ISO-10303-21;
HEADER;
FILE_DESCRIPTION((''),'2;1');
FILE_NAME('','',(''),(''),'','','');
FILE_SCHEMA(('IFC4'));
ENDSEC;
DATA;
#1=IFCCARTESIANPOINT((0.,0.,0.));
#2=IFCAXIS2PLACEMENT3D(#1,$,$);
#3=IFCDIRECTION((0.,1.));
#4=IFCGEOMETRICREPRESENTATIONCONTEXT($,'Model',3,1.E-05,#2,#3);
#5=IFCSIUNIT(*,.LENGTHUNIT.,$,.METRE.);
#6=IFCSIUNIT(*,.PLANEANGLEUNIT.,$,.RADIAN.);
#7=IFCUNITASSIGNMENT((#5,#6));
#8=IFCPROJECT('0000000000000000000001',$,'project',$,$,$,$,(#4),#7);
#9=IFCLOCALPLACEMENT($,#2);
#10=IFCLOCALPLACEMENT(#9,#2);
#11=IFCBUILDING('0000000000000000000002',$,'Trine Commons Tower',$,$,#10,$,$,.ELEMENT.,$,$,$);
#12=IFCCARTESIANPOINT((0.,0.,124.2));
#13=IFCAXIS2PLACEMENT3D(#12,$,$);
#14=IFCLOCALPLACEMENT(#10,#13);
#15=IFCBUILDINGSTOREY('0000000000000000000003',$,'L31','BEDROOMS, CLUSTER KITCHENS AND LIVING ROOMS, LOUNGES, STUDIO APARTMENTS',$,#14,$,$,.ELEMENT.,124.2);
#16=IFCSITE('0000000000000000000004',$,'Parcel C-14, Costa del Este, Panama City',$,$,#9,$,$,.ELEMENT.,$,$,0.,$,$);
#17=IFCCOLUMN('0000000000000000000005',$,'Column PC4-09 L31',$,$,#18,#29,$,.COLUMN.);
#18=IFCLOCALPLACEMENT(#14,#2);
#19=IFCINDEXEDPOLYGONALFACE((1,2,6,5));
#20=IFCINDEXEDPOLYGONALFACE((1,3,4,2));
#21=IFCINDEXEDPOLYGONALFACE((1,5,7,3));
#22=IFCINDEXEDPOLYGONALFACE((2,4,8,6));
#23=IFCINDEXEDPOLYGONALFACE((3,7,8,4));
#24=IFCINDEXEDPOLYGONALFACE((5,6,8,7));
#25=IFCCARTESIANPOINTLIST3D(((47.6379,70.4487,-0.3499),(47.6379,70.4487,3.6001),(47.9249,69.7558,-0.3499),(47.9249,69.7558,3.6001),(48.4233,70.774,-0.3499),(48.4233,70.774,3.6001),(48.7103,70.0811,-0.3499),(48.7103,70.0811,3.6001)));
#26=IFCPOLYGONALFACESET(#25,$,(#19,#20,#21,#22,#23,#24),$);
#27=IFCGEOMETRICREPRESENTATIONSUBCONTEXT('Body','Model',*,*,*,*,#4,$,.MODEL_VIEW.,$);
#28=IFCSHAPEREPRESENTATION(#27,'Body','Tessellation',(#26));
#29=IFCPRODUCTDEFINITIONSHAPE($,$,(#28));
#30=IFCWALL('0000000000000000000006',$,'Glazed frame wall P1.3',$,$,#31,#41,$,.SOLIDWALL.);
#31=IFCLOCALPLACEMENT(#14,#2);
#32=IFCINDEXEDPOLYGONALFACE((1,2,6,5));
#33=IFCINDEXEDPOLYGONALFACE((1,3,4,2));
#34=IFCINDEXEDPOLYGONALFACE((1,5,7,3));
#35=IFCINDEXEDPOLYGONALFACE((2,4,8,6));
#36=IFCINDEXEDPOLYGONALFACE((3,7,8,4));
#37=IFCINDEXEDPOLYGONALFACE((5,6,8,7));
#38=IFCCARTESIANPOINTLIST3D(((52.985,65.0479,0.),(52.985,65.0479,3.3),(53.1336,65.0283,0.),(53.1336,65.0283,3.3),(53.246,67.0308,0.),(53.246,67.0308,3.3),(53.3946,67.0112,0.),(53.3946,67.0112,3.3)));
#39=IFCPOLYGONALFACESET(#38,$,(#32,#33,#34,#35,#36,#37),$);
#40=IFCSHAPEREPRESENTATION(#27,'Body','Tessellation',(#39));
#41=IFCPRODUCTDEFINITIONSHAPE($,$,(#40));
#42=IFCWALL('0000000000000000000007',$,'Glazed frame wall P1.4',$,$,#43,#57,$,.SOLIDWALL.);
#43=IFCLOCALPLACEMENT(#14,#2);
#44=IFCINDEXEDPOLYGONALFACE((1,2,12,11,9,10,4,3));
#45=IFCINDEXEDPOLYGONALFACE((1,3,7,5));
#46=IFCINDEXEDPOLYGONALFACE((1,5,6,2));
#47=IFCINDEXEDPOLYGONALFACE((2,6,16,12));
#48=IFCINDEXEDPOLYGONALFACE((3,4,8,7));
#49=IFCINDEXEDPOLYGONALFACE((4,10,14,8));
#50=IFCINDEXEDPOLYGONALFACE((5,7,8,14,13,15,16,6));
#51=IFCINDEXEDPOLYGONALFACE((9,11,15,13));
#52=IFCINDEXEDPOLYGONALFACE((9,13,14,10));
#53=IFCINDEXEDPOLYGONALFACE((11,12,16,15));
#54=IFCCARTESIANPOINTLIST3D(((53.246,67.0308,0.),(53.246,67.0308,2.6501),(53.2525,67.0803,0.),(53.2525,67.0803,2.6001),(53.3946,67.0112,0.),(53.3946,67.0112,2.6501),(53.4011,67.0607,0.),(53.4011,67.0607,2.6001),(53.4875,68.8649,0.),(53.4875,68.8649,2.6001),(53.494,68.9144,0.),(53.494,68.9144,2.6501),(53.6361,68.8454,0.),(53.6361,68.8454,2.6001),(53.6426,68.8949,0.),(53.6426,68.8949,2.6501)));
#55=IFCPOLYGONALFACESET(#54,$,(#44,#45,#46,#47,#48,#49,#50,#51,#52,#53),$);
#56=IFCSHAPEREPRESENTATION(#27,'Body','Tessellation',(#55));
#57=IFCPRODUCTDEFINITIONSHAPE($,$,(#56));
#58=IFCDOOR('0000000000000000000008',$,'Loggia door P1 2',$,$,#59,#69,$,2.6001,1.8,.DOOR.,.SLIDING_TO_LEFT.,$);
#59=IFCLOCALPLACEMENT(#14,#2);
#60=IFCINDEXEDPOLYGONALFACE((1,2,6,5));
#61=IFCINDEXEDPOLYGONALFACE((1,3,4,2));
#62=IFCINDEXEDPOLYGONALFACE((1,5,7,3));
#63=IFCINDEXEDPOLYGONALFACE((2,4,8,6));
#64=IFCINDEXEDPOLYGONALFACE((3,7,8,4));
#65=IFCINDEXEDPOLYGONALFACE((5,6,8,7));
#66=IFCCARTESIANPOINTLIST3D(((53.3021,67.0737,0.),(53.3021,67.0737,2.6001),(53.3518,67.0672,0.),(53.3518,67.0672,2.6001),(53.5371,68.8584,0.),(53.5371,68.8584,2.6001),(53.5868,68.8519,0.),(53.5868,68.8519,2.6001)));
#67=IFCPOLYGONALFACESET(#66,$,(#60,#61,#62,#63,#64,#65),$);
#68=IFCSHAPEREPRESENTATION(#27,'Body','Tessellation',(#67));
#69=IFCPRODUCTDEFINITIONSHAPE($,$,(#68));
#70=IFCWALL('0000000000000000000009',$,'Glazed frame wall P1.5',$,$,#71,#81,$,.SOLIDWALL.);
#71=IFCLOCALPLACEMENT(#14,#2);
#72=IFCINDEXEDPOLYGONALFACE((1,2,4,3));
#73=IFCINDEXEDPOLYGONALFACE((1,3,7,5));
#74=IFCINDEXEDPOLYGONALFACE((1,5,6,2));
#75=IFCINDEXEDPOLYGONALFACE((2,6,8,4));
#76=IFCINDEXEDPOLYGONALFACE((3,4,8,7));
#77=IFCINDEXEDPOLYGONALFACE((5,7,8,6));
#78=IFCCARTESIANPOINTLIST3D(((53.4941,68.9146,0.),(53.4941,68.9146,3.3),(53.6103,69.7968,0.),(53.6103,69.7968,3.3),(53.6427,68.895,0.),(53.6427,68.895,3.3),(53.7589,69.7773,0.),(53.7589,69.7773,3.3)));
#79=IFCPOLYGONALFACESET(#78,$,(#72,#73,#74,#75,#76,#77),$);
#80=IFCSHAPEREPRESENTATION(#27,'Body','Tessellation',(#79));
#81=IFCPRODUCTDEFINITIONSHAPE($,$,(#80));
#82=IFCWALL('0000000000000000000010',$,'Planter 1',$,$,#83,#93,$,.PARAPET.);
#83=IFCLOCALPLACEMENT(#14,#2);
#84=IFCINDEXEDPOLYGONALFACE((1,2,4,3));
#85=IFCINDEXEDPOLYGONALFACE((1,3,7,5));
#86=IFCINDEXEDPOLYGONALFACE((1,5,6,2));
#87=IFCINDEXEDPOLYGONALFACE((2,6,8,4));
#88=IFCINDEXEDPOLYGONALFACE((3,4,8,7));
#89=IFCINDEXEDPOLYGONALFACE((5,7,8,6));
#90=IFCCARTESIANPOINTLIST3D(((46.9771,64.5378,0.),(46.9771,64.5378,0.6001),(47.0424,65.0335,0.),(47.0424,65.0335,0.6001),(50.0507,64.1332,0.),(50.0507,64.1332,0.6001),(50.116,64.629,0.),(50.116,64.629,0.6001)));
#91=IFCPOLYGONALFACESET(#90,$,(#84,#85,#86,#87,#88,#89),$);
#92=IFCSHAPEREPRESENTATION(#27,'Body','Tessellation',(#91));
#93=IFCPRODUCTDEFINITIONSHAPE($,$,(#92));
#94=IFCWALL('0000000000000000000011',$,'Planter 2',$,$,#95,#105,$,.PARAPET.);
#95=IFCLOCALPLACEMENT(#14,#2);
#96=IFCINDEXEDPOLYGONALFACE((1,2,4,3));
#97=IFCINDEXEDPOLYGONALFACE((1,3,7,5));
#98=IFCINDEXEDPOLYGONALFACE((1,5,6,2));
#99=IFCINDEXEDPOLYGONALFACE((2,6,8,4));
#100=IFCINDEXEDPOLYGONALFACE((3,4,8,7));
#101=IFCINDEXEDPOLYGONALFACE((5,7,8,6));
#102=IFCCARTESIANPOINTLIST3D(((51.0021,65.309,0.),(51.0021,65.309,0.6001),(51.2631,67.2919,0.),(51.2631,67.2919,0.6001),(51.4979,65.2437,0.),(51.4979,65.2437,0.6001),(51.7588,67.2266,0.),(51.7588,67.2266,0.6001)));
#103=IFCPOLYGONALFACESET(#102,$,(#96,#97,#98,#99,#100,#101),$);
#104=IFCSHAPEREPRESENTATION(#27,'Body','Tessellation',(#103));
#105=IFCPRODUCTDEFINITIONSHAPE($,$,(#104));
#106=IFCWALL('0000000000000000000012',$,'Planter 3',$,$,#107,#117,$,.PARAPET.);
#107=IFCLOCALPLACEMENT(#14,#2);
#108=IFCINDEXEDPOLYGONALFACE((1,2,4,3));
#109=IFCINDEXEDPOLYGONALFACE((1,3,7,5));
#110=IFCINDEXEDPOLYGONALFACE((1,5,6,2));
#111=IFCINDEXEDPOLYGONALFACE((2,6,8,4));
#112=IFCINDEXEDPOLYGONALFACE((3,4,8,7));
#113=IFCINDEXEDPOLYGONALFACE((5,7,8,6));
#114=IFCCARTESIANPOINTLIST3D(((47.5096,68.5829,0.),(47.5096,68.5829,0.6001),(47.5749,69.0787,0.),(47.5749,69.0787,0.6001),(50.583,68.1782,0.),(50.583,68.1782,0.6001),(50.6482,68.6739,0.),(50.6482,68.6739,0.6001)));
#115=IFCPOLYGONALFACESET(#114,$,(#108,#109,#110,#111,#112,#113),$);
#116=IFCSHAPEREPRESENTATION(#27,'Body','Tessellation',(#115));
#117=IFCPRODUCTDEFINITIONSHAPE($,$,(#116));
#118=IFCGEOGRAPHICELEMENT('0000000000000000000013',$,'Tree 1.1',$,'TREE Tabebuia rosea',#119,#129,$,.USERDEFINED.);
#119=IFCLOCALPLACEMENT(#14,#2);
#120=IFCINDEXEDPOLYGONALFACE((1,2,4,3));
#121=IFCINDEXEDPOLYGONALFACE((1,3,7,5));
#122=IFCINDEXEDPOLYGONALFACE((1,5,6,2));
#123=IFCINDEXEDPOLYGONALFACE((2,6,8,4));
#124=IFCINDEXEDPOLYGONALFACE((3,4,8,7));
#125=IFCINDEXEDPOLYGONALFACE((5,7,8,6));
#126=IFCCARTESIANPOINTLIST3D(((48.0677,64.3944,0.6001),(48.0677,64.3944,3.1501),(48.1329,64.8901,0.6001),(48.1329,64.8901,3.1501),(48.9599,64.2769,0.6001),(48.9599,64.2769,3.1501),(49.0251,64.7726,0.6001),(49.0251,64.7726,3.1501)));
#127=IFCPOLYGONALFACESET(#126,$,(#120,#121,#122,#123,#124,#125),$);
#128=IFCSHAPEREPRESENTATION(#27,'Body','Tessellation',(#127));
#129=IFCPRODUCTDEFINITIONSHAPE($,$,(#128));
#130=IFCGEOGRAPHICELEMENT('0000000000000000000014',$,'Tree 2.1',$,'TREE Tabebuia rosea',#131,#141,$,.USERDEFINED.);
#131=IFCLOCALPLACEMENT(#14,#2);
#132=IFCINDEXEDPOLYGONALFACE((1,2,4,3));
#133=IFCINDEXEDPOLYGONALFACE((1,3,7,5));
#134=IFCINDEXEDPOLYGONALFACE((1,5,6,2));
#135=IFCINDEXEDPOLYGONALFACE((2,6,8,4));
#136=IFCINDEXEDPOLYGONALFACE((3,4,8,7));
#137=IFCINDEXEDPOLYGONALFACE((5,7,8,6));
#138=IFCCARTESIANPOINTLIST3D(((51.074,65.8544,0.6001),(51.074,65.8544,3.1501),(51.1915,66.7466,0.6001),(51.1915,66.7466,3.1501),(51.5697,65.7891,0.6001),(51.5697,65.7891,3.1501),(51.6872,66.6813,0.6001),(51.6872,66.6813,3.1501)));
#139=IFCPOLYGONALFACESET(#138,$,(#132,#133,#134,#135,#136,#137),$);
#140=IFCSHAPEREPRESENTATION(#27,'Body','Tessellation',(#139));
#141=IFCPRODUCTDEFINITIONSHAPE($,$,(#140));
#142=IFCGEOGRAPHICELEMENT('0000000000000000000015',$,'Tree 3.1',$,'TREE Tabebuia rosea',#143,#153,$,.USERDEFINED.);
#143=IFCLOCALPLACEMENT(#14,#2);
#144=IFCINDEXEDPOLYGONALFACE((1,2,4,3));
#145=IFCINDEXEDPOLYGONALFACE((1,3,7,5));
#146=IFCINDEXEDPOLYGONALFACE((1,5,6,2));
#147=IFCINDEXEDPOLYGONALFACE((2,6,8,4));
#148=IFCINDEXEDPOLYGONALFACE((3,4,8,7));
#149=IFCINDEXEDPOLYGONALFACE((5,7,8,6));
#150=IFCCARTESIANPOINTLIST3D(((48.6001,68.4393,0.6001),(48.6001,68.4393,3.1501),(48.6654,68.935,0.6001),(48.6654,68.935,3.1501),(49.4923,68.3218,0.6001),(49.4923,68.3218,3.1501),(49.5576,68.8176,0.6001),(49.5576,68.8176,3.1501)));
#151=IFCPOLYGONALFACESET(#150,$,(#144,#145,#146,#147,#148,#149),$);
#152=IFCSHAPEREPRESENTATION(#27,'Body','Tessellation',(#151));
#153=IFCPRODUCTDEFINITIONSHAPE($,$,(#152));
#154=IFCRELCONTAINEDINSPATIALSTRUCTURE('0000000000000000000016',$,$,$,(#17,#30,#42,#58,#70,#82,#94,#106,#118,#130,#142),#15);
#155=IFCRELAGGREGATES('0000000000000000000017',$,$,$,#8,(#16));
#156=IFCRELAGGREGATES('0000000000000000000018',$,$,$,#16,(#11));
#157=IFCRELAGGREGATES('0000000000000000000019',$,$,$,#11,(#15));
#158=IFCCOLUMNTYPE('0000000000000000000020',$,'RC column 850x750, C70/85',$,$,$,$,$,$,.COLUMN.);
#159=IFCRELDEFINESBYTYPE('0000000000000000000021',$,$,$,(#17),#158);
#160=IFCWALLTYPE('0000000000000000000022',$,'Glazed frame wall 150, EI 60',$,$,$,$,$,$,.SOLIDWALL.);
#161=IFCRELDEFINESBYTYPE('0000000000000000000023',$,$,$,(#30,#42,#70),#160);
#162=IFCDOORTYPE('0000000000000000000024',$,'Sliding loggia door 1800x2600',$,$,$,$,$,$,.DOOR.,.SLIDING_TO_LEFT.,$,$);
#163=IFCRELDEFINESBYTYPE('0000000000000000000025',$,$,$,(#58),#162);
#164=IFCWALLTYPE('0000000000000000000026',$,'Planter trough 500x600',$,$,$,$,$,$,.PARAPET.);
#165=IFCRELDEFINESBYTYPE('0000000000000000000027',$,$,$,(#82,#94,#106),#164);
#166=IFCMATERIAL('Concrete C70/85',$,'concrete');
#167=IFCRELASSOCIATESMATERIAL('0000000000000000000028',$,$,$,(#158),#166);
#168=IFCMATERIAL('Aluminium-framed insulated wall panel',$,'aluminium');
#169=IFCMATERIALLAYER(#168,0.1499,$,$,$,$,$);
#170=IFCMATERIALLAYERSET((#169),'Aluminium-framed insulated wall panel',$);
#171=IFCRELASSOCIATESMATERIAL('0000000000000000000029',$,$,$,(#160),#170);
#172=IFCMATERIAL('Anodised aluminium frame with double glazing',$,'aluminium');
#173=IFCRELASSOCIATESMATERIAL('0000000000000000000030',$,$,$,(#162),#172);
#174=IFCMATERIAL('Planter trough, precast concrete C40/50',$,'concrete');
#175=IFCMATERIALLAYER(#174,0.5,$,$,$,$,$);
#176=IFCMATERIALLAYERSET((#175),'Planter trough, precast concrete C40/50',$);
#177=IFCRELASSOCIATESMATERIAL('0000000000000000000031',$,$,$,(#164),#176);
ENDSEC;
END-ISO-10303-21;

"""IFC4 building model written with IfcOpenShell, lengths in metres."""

from ifc_helpers import new_model, si_unit, direction, frame, frame_2d, origin, origin_2d, place, context, subcontext, project, spatial, polyline, rectangle, outline, extrude, material, layer, layer_set, material_profile, profile_set, type_object, element, fill, save


model = new_model("IFC4")

# Units and contexts
model_context = context("Model", 3, precision=1e-05, world=origin(), true_north=direction((0.0, 1.0)))
body_context = subcontext(model_context, "Body", "Model", "MODEL_VIEW")
ifc_project = project(units=[si_unit("LENGTHUNIT", "METRE"), si_unit("PLANEANGLEUNIT", "RADIAN")], contexts=[model_context])

# Site, building, storey
site_placement = place(None, origin())
site = spatial("IfcSite", under=ifc_project, at=site_placement, Name="Parcel C-14, Costa del Este, Panama City", CompositionType="ELEMENT", RefElevation=0.0)
building_placement = place(site_placement, origin())
building = spatial("IfcBuilding", under=site, at=building_placement, Name="Trine Commons Tower", CompositionType="ELEMENT")
storey_placement = place(building_placement, frame((0.0, 0.0, 124.2)))
storey = spatial("IfcBuildingStorey", under=building, at=storey_placement, Name="L31", Description="BEDROOMS, CLUSTER KITCHENS AND LIVING ROOMS, LOUNGES, STUDIO APARTMENTS", CompositionType="ELEMENT", Elevation=124.2)

# Column
ifc_material_1 = material(Name="Concrete C70/85", Category="concrete")
ifc_material_profile = material_profile(ifc_material_1, rectangle(XDim=0.8501, YDim=0.75, at=origin_2d()), Name="RC 850x750")
ifc_profile_set = profile_set([ifc_material_profile], Name="Concrete C70/85")
column_type = type_object("IfcColumnType", Name="RC column 850x750, C70/85", PredefinedType="COLUMN", material=ifc_profile_set)
column_placement = place(storey_placement, frame((48.1741, 70.2649, -0.3499), z_axis=(0.0, 0.0, 1.0), x_axis=(0.92388, 0.382683, 0.0)))
element("IfcColumn", 1, at=column_placement, inside=storey, type_object=column_type, Name="Column PC4-09 L31", PredefinedType="COLUMN", context=body_context, shape_type="SweptSolid", body=[
    extrude(rectangle(XDim=0.8501, YDim=0.75, at=origin_2d()), origin(), (0.0, 0.0, 1.0), 3.95),
])

# Wall
ifc_material_2 = material(Name="Aluminium-framed insulated wall panel", Category="aluminium")
ifc_layer_1 = layer(ifc_material_2, 0.1499)
ifc_layer_set_1 = layer_set([ifc_layer_1], Name="Aluminium-framed insulated wall panel")
wall_type_1 = type_object("IfcWallType", Name="Glazed frame wall 150, EI 60", PredefinedType="SOLIDWALL", material=ifc_layer_set_1)
wall_1_placement = place(storey_placement, frame((53.0593, 65.0381, 0.0), z_axis=(0.0, 0.0, 1.0), x_axis=(0.130492, 0.991449, 0.0)))
element("IfcWall", 2, at=wall_1_placement, inside=storey, type_object=wall_type_1, Name="Glazed frame wall P1.3", PredefinedType="SOLIDWALL", context=body_context, shape_type="SweptSolid", body=[
    extrude(outline(polyline([(0.0, -0.075), (2.0, -0.075), (2.0, 0.075), (0.0, 0.075), (0.0, -0.075)])), origin(), (0.0, 0.0, 1.0), 3.3),
])

# Wall, opening, door
wall_2_placement = place(storey_placement, frame((53.3203, 67.021, 0.0), z_axis=(0.0, 0.0, 1.0), x_axis=(0.130548, 0.991442, 0.0)))
wall_2 = element("IfcWall", 3, at=wall_2_placement, inside=storey, type_object=wall_type_1, Name="Glazed frame wall P1.4", PredefinedType="SOLIDWALL", context=body_context, shape_type="SweptSolid", body=[
    extrude(outline(polyline([(0.0, -0.075), (1.8999, -0.075), (1.8999, 0.075), (0.0, 0.075), (0.0, -0.075)])), origin(), (0.0, 0.0, 1.0), 2.6501),
])
opening_1_placement = place(wall_2_placement, frame((0.05, 0.0, 0.0)))
opening_1 = element("IfcOpeningElement", 4, at=opening_1_placement, cuts=wall_2, PredefinedType="OPENING", context=body_context, shape_type="SweptSolid", body=[
    extrude(rectangle(XDim=1.8, YDim=2.6001, at=frame_2d((0.8999, 1.3))), frame((0.0, 0.085, 0.0), z_axis=(0.0, -1.0, 0.0), x_axis=(1.0, 0.0, 0.0)), (0.0, 0.0, 1.0), 0.1699),
])
ifc_material_3 = material(Name="Anodised aluminium frame with double glazing", Category="aluminium")
door_type = type_object("IfcDoorType", Name="Sliding loggia door 1800x2600", OperationType="SLIDING_TO_LEFT", PredefinedType="DOOR", material=ifc_material_3)
door_1_placement = place(opening_1_placement, origin())
door_1 = element("IfcDoor", 5, at=door_1_placement, inside=storey, type_object=door_type, Name="Loggia door P1 2", OperationType="SLIDING_TO_LEFT", OverallHeight=2.6001, OverallWidth=1.8, PredefinedType="DOOR", context=body_context, shape_type="SweptSolid", body=[
    extrude(rectangle(XDim=1.8, YDim=2.6001, at=frame_2d((0.8999, 1.3))), frame((0.0, 0.0249, 0.0), z_axis=(0.0, -1.0, 0.0), x_axis=(1.0, 0.0, 0.0)), (0.0, 0.0, 1.0), 0.05),
])
fill(opening_1, door_1)

# Wall
wall_3_placement = place(storey_placement, frame((53.5684, 68.9048, 0.0), z_axis=(0.0, 0.0, 1.0), x_axis=(0.130612, 0.991434, 0.0)))
element("IfcWall", 6, at=wall_3_placement, inside=storey, type_object=wall_type_1, Name="Glazed frame wall P1.5", PredefinedType="SOLIDWALL", context=body_context, shape_type="SweptSolid", body=[
    extrude(outline(polyline([(0.8899, 0.075), (0.0, 0.075), (0.0, -0.075), (0.8899, -0.075), (0.8899, 0.075)])), origin(), (0.0, 0.0, 1.0), 3.3),
])

# Walls
ifc_material_4 = material(Name="Planter trough, precast concrete C40/50", Category="concrete")
ifc_layer_2 = layer(ifc_material_4, 0.5)
ifc_layer_set_2 = layer_set([ifc_layer_2], Name="Planter trough, precast concrete C40/50")
wall_type_2 = type_object("IfcWallType", Name="Planter trough 500x600", PredefinedType="PARAPET", material=ifc_layer_set_2)
wall_4_placement = place(storey_placement, frame((47.0098, 64.7856, 0.0), z_axis=(0.0, 0.0, 1.0), x_axis=(0.991449, -0.130497, 0.0)))
element("IfcWall", 7, at=wall_4_placement, inside=storey, type_object=wall_type_2, Name="Planter 1", PredefinedType="PARAPET", context=body_context, shape_type="SweptSolid", body=[
    extrude(rectangle(XDim=3.1001, YDim=0.5, at=frame_2d((1.55, 0.0))), origin(), (0.0, 0.0, 1.0), 0.6001),
])
wall_5_placement = place(storey_placement, frame((51.25, 65.2764, 0.0), z_axis=(0.0, 0.0, 1.0), x_axis=(0.130492, 0.991449, 0.0)))
element("IfcWall", 8, at=wall_5_placement, inside=storey, type_object=wall_type_2, Name="Planter 2", PredefinedType="PARAPET", context=body_context, shape_type="SweptSolid", body=[
    extrude(rectangle(XDim=2.0, YDim=0.5, at=frame_2d((1.0, 0.0))), origin(), (0.0, 0.0, 1.0), 0.6001),
])
wall_6_placement = place(storey_placement, frame((50.6155, 68.426, 0.0), z_axis=(0.0, 0.0, 1.0), x_axis=(-0.991437, 0.130585, 0.0)))
element("IfcWall", 9, at=wall_6_placement, inside=storey, type_object=wall_type_2, Name="Planter 3", PredefinedType="PARAPET", context=body_context, shape_type="SweptSolid", body=[
    extrude(rectangle(XDim=3.0999, YDim=0.5, at=frame_2d((1.5498, 0.0))), origin(), (0.0, 0.0, 1.0), 0.6001),
])

# Geographic elements
for number, where, z_axis, x_axis, name in (
    (10, (48.5464, 64.5835, 0.6001), (0.0, 0.0, 1.0), (0.991446, -0.130514, 0.0), "Tree 1.1"),
    (11, (51.3806, 66.2678, 0.6001), (0.0, 0.0, 1.0), (0.130543, 0.991443, 0.0), "Tree 2.1"),
    (12, (49.0789, 68.6284, 0.6001), (0.0, 0.0, 1.0), (-0.991446, 0.130518, 0.0), "Tree 3.1"),
):
    element("IfcGeographicElement", number, at=place(storey_placement, frame(where, z_axis=z_axis, x_axis=x_axis)), inside=storey, Name=name, ObjectType="TREE Tabebuia rosea", PredefinedType="USERDEFINED", context=body_context, shape_type="SweptSolid", body=[
        extrude(rectangle(XDim=0.8999, YDim=0.5, at=origin_2d()), origin(), (0.0, 0.0, 1.0), 2.55),
    ])

save(model, "model.ifc")
